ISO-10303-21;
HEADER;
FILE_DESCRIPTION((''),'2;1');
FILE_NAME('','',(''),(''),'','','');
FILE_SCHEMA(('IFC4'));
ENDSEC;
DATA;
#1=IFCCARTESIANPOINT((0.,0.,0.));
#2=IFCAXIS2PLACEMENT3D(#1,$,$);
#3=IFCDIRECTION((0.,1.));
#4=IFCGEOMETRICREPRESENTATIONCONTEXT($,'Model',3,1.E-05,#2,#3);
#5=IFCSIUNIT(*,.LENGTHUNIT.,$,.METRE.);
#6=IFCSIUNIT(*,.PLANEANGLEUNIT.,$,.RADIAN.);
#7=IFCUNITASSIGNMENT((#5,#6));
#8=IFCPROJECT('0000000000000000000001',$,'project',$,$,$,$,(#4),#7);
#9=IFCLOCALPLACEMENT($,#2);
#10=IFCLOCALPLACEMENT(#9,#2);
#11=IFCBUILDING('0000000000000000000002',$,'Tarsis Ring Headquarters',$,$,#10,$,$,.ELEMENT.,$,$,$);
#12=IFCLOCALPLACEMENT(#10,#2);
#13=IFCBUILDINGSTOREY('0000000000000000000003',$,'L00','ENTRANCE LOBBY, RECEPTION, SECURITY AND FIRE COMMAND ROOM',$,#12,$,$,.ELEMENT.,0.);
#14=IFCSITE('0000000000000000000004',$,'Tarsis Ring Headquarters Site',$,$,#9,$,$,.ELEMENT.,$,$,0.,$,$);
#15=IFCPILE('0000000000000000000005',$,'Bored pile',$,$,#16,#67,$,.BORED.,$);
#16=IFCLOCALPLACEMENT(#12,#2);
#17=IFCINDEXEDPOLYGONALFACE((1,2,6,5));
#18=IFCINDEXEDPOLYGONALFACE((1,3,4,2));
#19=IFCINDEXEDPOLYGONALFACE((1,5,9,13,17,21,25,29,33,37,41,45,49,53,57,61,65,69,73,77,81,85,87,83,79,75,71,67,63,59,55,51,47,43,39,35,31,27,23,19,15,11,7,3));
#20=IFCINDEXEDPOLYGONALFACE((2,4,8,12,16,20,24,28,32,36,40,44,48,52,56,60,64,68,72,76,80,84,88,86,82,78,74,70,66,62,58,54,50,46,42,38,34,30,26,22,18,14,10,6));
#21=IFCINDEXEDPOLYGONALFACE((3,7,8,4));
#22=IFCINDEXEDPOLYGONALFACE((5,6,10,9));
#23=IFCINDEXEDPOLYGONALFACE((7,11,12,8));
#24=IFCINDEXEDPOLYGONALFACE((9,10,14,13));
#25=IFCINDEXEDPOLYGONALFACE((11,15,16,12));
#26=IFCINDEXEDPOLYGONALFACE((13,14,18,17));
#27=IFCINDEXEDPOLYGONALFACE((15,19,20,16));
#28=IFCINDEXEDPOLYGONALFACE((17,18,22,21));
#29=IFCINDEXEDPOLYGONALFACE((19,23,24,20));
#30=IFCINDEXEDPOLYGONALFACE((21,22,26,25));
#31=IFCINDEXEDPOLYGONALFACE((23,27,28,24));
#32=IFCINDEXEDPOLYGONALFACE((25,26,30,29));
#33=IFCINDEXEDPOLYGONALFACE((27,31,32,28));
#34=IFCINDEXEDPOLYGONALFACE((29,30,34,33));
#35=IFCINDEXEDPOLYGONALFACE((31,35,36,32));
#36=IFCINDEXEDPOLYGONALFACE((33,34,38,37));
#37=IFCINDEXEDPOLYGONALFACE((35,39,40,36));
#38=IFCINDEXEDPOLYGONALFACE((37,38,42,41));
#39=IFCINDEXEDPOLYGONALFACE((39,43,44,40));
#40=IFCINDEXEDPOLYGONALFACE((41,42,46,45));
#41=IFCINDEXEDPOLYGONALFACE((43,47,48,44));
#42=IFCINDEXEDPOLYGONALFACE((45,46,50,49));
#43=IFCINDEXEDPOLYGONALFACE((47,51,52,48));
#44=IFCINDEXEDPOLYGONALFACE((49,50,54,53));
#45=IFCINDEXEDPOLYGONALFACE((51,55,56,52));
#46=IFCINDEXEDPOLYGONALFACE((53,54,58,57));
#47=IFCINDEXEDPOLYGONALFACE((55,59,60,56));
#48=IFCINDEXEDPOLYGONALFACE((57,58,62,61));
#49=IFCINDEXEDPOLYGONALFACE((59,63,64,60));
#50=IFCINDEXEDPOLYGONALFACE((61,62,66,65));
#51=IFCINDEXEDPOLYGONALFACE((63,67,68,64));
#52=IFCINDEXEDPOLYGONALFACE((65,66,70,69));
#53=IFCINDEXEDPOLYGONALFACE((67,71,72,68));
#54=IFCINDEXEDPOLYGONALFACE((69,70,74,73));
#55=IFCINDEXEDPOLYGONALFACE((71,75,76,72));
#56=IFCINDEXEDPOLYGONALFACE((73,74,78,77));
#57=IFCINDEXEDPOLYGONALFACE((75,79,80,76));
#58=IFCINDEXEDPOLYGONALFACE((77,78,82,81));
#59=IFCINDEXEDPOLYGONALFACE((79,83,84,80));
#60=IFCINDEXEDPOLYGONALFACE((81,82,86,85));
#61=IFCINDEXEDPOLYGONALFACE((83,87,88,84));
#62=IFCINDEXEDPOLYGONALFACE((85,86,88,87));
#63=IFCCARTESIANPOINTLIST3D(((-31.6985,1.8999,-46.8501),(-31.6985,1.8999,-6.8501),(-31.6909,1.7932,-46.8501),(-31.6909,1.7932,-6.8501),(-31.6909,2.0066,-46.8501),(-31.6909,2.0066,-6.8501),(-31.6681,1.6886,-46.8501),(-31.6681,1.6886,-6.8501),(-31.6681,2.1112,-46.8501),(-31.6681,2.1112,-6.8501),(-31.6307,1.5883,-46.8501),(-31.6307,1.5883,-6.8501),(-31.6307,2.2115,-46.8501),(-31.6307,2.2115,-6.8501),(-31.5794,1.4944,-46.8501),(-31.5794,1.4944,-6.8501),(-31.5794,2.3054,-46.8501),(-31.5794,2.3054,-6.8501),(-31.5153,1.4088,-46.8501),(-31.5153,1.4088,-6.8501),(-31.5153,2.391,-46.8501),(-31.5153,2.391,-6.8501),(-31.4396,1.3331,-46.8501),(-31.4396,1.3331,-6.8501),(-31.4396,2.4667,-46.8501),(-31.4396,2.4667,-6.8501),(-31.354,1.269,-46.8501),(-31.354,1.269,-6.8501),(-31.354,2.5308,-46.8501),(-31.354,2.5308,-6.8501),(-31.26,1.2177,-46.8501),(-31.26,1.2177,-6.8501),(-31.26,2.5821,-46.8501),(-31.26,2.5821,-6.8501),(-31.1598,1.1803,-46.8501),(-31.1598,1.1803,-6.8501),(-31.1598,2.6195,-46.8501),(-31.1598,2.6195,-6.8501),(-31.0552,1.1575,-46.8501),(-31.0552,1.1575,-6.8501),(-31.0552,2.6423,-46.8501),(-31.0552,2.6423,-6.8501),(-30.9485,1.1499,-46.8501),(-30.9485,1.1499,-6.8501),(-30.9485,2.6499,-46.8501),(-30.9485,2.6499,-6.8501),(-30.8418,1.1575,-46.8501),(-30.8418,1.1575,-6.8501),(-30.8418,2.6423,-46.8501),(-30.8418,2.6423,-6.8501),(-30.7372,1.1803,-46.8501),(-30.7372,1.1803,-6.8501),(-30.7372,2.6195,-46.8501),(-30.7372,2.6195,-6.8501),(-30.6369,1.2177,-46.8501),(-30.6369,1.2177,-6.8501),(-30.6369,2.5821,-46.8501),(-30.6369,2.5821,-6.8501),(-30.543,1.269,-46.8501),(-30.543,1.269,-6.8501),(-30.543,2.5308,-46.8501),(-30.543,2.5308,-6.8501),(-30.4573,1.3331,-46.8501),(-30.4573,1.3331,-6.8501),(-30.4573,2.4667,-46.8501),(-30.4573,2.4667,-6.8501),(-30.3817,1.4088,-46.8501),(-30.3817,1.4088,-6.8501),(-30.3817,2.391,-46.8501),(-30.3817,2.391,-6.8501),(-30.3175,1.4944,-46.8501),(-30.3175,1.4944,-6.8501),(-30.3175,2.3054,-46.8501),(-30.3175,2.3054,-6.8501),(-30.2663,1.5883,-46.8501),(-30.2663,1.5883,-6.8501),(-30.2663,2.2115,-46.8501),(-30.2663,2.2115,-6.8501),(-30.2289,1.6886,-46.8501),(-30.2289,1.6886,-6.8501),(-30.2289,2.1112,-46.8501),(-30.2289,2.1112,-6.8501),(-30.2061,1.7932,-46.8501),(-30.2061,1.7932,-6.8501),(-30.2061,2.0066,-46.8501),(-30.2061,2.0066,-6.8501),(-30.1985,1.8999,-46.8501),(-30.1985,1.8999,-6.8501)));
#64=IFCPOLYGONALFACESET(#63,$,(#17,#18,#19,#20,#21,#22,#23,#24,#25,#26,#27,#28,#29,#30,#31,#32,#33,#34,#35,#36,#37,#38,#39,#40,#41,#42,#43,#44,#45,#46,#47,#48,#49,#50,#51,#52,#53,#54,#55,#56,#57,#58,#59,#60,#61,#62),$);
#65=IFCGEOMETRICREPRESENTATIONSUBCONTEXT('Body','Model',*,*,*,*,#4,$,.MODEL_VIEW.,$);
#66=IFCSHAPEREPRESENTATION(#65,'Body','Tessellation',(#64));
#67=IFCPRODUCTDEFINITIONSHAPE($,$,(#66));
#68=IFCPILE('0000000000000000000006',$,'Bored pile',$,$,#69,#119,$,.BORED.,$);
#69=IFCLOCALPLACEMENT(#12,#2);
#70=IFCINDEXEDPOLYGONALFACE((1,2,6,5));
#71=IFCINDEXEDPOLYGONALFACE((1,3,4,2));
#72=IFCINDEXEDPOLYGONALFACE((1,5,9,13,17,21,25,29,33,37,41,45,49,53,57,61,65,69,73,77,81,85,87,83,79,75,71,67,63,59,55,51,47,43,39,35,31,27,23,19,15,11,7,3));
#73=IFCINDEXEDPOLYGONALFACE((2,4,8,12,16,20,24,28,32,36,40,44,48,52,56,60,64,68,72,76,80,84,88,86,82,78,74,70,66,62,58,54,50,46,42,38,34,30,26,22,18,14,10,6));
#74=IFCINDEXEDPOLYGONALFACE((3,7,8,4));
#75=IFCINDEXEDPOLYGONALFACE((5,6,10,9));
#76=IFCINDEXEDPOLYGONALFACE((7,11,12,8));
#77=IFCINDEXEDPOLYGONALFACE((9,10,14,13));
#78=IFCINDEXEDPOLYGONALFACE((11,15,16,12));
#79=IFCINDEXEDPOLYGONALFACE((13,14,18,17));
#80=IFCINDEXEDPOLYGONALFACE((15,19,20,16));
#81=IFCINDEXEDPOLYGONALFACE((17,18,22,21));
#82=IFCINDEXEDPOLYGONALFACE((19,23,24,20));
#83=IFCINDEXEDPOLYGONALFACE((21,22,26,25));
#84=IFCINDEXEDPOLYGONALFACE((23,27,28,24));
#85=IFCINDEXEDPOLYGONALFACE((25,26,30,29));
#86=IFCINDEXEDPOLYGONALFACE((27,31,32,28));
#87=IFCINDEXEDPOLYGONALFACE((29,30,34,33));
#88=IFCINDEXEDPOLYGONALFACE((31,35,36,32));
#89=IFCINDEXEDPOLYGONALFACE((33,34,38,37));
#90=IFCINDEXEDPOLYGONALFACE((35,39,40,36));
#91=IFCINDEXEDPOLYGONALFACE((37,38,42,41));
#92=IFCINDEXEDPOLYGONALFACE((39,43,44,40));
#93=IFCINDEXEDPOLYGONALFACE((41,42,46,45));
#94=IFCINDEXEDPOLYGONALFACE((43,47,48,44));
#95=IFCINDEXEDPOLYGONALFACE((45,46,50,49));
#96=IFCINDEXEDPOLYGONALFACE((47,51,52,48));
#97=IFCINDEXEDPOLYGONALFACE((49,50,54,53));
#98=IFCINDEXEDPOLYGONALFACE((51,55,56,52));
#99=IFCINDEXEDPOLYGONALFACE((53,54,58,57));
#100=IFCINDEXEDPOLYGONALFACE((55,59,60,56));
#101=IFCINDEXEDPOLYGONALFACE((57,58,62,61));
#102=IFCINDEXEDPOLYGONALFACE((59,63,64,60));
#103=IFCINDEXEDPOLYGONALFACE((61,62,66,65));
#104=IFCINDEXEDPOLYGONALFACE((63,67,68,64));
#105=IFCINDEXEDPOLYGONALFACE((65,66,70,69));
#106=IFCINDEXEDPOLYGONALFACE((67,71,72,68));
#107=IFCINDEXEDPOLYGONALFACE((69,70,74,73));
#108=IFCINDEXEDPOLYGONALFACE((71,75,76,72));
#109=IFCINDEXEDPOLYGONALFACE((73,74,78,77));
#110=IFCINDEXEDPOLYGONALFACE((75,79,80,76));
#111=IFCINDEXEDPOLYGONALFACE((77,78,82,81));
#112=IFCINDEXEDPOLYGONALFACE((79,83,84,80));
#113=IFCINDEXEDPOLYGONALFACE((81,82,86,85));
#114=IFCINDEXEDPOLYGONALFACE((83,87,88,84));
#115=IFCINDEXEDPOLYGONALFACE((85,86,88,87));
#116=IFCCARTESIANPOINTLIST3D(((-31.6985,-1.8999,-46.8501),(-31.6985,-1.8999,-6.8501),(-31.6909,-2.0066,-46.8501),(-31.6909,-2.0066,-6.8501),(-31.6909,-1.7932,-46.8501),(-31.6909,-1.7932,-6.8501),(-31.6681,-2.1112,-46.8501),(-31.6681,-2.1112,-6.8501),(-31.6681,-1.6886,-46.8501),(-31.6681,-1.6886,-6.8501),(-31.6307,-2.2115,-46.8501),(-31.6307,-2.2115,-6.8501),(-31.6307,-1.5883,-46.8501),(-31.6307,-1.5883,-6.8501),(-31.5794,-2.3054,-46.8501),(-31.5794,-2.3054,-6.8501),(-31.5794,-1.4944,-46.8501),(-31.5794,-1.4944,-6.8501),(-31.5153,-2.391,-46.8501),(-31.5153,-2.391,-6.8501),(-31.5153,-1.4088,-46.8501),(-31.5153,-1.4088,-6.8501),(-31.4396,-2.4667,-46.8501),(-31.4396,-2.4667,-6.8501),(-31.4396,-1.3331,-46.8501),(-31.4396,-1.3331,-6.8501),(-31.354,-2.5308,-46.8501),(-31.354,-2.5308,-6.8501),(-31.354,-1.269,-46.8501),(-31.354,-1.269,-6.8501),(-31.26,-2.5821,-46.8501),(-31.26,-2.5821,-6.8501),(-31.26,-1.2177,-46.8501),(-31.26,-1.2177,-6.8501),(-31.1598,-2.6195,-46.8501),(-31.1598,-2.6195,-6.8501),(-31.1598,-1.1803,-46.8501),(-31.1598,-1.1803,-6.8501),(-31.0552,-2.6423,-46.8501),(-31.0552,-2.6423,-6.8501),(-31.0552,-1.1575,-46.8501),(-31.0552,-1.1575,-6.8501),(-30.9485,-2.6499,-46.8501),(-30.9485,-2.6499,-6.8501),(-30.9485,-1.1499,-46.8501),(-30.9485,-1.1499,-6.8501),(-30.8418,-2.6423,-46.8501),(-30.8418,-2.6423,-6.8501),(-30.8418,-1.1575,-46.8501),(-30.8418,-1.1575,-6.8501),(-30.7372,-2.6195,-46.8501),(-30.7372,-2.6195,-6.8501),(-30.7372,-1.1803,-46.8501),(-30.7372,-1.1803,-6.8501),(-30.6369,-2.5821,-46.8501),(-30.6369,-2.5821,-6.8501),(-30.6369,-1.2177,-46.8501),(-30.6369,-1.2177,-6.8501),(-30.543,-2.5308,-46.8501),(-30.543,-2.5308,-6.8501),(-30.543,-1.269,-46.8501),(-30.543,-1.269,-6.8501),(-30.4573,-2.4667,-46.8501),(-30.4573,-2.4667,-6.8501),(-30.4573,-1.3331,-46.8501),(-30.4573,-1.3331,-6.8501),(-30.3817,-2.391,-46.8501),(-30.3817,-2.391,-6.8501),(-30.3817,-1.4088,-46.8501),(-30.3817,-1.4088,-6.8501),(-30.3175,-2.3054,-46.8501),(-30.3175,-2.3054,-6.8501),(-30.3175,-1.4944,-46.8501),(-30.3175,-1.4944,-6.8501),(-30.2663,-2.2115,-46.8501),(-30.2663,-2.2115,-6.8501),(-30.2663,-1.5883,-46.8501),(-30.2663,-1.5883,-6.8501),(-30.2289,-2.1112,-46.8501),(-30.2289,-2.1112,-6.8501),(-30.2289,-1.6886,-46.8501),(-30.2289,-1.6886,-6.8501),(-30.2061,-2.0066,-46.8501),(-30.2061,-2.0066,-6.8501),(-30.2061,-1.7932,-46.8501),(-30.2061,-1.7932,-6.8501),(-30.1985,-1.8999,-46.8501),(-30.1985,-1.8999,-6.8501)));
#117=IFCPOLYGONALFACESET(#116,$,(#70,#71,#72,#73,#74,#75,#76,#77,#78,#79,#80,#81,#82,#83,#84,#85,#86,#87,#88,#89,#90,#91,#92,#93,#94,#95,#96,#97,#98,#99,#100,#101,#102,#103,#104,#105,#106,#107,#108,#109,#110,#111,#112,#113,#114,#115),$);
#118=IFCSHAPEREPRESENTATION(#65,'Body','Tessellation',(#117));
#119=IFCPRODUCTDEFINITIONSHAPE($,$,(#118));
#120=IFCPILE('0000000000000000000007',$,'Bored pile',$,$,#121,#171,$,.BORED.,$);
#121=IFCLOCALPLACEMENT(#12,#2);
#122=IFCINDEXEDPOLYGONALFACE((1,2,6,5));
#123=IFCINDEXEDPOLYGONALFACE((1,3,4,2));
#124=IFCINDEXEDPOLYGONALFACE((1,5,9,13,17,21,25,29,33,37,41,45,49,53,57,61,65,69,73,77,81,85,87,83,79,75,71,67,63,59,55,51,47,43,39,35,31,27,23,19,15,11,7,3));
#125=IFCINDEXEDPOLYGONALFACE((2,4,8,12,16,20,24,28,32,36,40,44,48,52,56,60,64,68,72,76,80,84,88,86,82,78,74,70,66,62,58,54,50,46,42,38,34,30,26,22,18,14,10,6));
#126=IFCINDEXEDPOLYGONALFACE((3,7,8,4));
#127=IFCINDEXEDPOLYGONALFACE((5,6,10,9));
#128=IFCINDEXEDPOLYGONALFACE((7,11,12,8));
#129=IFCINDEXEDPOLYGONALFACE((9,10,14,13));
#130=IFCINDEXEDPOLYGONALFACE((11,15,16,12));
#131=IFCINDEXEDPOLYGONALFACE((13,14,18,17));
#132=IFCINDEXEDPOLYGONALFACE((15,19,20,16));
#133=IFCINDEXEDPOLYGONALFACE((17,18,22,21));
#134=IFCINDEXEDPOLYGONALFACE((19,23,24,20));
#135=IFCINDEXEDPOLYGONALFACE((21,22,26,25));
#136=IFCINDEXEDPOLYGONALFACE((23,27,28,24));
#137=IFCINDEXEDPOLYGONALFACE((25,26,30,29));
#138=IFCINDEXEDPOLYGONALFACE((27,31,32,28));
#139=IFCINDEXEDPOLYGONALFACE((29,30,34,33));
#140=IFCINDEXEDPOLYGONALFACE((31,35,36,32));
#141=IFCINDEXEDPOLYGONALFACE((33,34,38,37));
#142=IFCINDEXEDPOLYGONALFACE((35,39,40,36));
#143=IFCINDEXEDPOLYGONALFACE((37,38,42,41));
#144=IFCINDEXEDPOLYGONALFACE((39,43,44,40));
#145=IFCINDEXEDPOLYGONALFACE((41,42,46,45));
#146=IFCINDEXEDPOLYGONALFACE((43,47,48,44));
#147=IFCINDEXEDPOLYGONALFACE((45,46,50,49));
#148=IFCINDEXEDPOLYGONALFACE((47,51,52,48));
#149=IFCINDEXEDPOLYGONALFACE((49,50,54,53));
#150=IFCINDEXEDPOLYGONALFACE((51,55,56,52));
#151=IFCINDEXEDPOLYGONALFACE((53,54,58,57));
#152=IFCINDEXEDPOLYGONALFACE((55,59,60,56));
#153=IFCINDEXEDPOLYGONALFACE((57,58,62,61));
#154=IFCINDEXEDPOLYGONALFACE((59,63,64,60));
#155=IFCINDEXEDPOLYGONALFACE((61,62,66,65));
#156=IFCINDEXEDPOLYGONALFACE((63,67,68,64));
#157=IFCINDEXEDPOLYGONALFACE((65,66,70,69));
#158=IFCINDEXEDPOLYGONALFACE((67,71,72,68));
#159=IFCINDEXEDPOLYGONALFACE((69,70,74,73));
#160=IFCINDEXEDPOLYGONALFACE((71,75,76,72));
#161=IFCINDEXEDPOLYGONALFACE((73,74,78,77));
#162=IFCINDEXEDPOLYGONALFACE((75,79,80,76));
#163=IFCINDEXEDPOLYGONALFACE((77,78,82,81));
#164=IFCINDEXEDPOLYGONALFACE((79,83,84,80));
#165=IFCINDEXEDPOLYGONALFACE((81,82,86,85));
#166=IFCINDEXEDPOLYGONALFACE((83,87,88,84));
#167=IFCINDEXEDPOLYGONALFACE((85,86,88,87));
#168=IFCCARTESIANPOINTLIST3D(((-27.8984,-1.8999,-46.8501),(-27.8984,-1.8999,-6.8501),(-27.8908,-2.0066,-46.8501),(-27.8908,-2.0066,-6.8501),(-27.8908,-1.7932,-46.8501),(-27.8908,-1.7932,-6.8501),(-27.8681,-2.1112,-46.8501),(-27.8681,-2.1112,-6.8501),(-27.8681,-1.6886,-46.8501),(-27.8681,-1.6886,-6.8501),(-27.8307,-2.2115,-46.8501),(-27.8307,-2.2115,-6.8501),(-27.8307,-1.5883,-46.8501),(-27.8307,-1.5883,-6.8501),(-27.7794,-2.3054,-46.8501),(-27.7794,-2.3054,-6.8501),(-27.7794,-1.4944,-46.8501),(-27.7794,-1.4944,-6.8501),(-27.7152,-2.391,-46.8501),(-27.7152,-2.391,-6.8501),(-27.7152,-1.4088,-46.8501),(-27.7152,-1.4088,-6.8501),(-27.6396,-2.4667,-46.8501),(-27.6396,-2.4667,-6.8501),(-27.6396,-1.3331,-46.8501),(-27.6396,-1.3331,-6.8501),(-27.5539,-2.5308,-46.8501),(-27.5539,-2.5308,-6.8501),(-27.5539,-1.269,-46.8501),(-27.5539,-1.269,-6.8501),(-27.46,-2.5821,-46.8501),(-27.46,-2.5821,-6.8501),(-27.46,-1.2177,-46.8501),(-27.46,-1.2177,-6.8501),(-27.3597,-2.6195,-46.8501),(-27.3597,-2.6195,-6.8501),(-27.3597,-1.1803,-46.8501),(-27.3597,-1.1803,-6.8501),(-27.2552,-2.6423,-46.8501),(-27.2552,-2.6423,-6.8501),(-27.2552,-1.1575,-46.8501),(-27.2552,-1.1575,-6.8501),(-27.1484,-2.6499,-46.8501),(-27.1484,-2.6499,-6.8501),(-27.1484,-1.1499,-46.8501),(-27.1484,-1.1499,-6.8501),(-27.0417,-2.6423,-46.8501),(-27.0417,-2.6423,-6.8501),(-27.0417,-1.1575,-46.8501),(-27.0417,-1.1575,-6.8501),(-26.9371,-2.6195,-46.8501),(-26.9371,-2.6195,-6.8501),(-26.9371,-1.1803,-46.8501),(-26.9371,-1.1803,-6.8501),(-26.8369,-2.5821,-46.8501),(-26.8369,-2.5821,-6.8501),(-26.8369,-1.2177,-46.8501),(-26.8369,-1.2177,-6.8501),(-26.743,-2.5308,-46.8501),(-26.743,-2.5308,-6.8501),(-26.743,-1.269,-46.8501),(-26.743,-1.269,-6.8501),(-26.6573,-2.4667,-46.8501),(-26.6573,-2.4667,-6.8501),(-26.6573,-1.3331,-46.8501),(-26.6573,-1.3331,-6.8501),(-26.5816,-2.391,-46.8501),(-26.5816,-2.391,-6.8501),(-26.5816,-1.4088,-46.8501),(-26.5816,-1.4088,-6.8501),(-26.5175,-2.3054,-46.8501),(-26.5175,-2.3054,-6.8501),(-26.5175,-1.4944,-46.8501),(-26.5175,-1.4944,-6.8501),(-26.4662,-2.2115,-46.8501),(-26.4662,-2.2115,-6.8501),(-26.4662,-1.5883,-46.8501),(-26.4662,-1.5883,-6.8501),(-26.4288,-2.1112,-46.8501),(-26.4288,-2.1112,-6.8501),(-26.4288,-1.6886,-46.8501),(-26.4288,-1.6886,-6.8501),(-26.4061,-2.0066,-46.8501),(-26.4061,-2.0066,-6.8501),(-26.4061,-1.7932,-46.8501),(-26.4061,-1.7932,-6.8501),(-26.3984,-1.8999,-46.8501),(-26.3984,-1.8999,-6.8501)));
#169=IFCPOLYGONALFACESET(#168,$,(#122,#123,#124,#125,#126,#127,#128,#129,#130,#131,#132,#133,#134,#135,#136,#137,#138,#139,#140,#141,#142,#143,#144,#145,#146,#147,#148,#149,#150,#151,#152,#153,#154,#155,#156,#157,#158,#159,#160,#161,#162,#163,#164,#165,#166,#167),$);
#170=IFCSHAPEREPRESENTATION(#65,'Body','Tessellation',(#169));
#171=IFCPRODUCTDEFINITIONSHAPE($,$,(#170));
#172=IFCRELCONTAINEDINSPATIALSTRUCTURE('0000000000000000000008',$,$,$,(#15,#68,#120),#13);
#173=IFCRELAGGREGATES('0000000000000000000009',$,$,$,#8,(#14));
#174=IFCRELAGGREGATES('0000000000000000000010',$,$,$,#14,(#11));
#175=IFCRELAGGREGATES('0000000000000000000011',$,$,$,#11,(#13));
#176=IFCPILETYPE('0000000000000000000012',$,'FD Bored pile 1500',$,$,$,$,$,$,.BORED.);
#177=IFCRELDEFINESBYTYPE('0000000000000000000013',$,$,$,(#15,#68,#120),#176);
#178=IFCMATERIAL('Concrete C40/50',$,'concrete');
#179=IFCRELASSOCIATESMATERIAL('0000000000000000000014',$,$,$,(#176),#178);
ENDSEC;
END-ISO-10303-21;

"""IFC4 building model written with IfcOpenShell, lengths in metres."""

from ifc_helpers import new_model, si_unit, direction, frame, origin, origin_2d, place, context, subcontext, project, spatial, circle, extrude, material, material_profile, profile_set, type_object, element, save


model = new_model("IFC4")

# Units and contexts
model_context = context("Model", 3, precision=1e-05, world=origin(), true_north=direction((0.0, 1.0)))
body_context = subcontext(model_context, "Body", "Model", "MODEL_VIEW")
ifc_project = project(units=[si_unit("LENGTHUNIT", "METRE"), si_unit("PLANEANGLEUNIT", "RADIAN")], contexts=[model_context])

# Site, building, storey
site_placement = place(None, origin())
site = spatial("IfcSite", under=ifc_project, at=site_placement, Name="Tarsis Ring Headquarters Site", CompositionType="ELEMENT", RefElevation=0.0)
building_placement = place(site_placement, origin())
building = spatial("IfcBuilding", under=site, at=building_placement, Name="Tarsis Ring Headquarters", CompositionType="ELEMENT")
storey_placement = place(building_placement, origin())
storey = spatial("IfcBuildingStorey", under=building, at=storey_placement, Name="L00", Description="ENTRANCE LOBBY, RECEPTION, SECURITY AND FIRE COMMAND ROOM", CompositionType="ELEMENT", Elevation=0.0)

# Piles
ifc_material_1 = material(Name="Concrete C40/50", Category="concrete")
ifc_material_profile_1 = material_profile(ifc_material_1, circle(Radius=0.75, at=origin_2d()), Name="BORED 1500")
ifc_profile_set_1 = profile_set([ifc_material_profile_1], Name="Concrete C40/50")
pile_type = type_object("IfcPileType", Name="FD Bored pile 1500", PredefinedType="BORED", material=ifc_profile_set_1)
for number, where, z_axis, x_axis, name in (
    (1, (-30.9485, 1.8999, -6.8501), (0.0, 0.0, -1.0), (1.0, 0.0, 0.0), "Bored pile"),
    (2, (-30.9485, -1.8999, -6.8501), (0.0, 0.0, -1.0), (1.0, 0.0, 0.0), "Bored pile"),
    (3, (-27.1484, -1.8999, -6.8501), (0.0, 0.0, -1.0), (1.0, 0.0, 0.0), "Bored pile"),
):
    element("IfcPile", number, at=place(storey_placement, frame(where, z_axis=z_axis, x_axis=x_axis)), inside=storey, type_object=pile_type, Name=name, PredefinedType="BORED", context=body_context, shape_type="SweptSolid", body=[
        extrude(circle(Radius=0.75, at=origin_2d()), origin(), (0.0, 0.0, 1.0), 40.0),
    ])

save(model, "model.ifc")
